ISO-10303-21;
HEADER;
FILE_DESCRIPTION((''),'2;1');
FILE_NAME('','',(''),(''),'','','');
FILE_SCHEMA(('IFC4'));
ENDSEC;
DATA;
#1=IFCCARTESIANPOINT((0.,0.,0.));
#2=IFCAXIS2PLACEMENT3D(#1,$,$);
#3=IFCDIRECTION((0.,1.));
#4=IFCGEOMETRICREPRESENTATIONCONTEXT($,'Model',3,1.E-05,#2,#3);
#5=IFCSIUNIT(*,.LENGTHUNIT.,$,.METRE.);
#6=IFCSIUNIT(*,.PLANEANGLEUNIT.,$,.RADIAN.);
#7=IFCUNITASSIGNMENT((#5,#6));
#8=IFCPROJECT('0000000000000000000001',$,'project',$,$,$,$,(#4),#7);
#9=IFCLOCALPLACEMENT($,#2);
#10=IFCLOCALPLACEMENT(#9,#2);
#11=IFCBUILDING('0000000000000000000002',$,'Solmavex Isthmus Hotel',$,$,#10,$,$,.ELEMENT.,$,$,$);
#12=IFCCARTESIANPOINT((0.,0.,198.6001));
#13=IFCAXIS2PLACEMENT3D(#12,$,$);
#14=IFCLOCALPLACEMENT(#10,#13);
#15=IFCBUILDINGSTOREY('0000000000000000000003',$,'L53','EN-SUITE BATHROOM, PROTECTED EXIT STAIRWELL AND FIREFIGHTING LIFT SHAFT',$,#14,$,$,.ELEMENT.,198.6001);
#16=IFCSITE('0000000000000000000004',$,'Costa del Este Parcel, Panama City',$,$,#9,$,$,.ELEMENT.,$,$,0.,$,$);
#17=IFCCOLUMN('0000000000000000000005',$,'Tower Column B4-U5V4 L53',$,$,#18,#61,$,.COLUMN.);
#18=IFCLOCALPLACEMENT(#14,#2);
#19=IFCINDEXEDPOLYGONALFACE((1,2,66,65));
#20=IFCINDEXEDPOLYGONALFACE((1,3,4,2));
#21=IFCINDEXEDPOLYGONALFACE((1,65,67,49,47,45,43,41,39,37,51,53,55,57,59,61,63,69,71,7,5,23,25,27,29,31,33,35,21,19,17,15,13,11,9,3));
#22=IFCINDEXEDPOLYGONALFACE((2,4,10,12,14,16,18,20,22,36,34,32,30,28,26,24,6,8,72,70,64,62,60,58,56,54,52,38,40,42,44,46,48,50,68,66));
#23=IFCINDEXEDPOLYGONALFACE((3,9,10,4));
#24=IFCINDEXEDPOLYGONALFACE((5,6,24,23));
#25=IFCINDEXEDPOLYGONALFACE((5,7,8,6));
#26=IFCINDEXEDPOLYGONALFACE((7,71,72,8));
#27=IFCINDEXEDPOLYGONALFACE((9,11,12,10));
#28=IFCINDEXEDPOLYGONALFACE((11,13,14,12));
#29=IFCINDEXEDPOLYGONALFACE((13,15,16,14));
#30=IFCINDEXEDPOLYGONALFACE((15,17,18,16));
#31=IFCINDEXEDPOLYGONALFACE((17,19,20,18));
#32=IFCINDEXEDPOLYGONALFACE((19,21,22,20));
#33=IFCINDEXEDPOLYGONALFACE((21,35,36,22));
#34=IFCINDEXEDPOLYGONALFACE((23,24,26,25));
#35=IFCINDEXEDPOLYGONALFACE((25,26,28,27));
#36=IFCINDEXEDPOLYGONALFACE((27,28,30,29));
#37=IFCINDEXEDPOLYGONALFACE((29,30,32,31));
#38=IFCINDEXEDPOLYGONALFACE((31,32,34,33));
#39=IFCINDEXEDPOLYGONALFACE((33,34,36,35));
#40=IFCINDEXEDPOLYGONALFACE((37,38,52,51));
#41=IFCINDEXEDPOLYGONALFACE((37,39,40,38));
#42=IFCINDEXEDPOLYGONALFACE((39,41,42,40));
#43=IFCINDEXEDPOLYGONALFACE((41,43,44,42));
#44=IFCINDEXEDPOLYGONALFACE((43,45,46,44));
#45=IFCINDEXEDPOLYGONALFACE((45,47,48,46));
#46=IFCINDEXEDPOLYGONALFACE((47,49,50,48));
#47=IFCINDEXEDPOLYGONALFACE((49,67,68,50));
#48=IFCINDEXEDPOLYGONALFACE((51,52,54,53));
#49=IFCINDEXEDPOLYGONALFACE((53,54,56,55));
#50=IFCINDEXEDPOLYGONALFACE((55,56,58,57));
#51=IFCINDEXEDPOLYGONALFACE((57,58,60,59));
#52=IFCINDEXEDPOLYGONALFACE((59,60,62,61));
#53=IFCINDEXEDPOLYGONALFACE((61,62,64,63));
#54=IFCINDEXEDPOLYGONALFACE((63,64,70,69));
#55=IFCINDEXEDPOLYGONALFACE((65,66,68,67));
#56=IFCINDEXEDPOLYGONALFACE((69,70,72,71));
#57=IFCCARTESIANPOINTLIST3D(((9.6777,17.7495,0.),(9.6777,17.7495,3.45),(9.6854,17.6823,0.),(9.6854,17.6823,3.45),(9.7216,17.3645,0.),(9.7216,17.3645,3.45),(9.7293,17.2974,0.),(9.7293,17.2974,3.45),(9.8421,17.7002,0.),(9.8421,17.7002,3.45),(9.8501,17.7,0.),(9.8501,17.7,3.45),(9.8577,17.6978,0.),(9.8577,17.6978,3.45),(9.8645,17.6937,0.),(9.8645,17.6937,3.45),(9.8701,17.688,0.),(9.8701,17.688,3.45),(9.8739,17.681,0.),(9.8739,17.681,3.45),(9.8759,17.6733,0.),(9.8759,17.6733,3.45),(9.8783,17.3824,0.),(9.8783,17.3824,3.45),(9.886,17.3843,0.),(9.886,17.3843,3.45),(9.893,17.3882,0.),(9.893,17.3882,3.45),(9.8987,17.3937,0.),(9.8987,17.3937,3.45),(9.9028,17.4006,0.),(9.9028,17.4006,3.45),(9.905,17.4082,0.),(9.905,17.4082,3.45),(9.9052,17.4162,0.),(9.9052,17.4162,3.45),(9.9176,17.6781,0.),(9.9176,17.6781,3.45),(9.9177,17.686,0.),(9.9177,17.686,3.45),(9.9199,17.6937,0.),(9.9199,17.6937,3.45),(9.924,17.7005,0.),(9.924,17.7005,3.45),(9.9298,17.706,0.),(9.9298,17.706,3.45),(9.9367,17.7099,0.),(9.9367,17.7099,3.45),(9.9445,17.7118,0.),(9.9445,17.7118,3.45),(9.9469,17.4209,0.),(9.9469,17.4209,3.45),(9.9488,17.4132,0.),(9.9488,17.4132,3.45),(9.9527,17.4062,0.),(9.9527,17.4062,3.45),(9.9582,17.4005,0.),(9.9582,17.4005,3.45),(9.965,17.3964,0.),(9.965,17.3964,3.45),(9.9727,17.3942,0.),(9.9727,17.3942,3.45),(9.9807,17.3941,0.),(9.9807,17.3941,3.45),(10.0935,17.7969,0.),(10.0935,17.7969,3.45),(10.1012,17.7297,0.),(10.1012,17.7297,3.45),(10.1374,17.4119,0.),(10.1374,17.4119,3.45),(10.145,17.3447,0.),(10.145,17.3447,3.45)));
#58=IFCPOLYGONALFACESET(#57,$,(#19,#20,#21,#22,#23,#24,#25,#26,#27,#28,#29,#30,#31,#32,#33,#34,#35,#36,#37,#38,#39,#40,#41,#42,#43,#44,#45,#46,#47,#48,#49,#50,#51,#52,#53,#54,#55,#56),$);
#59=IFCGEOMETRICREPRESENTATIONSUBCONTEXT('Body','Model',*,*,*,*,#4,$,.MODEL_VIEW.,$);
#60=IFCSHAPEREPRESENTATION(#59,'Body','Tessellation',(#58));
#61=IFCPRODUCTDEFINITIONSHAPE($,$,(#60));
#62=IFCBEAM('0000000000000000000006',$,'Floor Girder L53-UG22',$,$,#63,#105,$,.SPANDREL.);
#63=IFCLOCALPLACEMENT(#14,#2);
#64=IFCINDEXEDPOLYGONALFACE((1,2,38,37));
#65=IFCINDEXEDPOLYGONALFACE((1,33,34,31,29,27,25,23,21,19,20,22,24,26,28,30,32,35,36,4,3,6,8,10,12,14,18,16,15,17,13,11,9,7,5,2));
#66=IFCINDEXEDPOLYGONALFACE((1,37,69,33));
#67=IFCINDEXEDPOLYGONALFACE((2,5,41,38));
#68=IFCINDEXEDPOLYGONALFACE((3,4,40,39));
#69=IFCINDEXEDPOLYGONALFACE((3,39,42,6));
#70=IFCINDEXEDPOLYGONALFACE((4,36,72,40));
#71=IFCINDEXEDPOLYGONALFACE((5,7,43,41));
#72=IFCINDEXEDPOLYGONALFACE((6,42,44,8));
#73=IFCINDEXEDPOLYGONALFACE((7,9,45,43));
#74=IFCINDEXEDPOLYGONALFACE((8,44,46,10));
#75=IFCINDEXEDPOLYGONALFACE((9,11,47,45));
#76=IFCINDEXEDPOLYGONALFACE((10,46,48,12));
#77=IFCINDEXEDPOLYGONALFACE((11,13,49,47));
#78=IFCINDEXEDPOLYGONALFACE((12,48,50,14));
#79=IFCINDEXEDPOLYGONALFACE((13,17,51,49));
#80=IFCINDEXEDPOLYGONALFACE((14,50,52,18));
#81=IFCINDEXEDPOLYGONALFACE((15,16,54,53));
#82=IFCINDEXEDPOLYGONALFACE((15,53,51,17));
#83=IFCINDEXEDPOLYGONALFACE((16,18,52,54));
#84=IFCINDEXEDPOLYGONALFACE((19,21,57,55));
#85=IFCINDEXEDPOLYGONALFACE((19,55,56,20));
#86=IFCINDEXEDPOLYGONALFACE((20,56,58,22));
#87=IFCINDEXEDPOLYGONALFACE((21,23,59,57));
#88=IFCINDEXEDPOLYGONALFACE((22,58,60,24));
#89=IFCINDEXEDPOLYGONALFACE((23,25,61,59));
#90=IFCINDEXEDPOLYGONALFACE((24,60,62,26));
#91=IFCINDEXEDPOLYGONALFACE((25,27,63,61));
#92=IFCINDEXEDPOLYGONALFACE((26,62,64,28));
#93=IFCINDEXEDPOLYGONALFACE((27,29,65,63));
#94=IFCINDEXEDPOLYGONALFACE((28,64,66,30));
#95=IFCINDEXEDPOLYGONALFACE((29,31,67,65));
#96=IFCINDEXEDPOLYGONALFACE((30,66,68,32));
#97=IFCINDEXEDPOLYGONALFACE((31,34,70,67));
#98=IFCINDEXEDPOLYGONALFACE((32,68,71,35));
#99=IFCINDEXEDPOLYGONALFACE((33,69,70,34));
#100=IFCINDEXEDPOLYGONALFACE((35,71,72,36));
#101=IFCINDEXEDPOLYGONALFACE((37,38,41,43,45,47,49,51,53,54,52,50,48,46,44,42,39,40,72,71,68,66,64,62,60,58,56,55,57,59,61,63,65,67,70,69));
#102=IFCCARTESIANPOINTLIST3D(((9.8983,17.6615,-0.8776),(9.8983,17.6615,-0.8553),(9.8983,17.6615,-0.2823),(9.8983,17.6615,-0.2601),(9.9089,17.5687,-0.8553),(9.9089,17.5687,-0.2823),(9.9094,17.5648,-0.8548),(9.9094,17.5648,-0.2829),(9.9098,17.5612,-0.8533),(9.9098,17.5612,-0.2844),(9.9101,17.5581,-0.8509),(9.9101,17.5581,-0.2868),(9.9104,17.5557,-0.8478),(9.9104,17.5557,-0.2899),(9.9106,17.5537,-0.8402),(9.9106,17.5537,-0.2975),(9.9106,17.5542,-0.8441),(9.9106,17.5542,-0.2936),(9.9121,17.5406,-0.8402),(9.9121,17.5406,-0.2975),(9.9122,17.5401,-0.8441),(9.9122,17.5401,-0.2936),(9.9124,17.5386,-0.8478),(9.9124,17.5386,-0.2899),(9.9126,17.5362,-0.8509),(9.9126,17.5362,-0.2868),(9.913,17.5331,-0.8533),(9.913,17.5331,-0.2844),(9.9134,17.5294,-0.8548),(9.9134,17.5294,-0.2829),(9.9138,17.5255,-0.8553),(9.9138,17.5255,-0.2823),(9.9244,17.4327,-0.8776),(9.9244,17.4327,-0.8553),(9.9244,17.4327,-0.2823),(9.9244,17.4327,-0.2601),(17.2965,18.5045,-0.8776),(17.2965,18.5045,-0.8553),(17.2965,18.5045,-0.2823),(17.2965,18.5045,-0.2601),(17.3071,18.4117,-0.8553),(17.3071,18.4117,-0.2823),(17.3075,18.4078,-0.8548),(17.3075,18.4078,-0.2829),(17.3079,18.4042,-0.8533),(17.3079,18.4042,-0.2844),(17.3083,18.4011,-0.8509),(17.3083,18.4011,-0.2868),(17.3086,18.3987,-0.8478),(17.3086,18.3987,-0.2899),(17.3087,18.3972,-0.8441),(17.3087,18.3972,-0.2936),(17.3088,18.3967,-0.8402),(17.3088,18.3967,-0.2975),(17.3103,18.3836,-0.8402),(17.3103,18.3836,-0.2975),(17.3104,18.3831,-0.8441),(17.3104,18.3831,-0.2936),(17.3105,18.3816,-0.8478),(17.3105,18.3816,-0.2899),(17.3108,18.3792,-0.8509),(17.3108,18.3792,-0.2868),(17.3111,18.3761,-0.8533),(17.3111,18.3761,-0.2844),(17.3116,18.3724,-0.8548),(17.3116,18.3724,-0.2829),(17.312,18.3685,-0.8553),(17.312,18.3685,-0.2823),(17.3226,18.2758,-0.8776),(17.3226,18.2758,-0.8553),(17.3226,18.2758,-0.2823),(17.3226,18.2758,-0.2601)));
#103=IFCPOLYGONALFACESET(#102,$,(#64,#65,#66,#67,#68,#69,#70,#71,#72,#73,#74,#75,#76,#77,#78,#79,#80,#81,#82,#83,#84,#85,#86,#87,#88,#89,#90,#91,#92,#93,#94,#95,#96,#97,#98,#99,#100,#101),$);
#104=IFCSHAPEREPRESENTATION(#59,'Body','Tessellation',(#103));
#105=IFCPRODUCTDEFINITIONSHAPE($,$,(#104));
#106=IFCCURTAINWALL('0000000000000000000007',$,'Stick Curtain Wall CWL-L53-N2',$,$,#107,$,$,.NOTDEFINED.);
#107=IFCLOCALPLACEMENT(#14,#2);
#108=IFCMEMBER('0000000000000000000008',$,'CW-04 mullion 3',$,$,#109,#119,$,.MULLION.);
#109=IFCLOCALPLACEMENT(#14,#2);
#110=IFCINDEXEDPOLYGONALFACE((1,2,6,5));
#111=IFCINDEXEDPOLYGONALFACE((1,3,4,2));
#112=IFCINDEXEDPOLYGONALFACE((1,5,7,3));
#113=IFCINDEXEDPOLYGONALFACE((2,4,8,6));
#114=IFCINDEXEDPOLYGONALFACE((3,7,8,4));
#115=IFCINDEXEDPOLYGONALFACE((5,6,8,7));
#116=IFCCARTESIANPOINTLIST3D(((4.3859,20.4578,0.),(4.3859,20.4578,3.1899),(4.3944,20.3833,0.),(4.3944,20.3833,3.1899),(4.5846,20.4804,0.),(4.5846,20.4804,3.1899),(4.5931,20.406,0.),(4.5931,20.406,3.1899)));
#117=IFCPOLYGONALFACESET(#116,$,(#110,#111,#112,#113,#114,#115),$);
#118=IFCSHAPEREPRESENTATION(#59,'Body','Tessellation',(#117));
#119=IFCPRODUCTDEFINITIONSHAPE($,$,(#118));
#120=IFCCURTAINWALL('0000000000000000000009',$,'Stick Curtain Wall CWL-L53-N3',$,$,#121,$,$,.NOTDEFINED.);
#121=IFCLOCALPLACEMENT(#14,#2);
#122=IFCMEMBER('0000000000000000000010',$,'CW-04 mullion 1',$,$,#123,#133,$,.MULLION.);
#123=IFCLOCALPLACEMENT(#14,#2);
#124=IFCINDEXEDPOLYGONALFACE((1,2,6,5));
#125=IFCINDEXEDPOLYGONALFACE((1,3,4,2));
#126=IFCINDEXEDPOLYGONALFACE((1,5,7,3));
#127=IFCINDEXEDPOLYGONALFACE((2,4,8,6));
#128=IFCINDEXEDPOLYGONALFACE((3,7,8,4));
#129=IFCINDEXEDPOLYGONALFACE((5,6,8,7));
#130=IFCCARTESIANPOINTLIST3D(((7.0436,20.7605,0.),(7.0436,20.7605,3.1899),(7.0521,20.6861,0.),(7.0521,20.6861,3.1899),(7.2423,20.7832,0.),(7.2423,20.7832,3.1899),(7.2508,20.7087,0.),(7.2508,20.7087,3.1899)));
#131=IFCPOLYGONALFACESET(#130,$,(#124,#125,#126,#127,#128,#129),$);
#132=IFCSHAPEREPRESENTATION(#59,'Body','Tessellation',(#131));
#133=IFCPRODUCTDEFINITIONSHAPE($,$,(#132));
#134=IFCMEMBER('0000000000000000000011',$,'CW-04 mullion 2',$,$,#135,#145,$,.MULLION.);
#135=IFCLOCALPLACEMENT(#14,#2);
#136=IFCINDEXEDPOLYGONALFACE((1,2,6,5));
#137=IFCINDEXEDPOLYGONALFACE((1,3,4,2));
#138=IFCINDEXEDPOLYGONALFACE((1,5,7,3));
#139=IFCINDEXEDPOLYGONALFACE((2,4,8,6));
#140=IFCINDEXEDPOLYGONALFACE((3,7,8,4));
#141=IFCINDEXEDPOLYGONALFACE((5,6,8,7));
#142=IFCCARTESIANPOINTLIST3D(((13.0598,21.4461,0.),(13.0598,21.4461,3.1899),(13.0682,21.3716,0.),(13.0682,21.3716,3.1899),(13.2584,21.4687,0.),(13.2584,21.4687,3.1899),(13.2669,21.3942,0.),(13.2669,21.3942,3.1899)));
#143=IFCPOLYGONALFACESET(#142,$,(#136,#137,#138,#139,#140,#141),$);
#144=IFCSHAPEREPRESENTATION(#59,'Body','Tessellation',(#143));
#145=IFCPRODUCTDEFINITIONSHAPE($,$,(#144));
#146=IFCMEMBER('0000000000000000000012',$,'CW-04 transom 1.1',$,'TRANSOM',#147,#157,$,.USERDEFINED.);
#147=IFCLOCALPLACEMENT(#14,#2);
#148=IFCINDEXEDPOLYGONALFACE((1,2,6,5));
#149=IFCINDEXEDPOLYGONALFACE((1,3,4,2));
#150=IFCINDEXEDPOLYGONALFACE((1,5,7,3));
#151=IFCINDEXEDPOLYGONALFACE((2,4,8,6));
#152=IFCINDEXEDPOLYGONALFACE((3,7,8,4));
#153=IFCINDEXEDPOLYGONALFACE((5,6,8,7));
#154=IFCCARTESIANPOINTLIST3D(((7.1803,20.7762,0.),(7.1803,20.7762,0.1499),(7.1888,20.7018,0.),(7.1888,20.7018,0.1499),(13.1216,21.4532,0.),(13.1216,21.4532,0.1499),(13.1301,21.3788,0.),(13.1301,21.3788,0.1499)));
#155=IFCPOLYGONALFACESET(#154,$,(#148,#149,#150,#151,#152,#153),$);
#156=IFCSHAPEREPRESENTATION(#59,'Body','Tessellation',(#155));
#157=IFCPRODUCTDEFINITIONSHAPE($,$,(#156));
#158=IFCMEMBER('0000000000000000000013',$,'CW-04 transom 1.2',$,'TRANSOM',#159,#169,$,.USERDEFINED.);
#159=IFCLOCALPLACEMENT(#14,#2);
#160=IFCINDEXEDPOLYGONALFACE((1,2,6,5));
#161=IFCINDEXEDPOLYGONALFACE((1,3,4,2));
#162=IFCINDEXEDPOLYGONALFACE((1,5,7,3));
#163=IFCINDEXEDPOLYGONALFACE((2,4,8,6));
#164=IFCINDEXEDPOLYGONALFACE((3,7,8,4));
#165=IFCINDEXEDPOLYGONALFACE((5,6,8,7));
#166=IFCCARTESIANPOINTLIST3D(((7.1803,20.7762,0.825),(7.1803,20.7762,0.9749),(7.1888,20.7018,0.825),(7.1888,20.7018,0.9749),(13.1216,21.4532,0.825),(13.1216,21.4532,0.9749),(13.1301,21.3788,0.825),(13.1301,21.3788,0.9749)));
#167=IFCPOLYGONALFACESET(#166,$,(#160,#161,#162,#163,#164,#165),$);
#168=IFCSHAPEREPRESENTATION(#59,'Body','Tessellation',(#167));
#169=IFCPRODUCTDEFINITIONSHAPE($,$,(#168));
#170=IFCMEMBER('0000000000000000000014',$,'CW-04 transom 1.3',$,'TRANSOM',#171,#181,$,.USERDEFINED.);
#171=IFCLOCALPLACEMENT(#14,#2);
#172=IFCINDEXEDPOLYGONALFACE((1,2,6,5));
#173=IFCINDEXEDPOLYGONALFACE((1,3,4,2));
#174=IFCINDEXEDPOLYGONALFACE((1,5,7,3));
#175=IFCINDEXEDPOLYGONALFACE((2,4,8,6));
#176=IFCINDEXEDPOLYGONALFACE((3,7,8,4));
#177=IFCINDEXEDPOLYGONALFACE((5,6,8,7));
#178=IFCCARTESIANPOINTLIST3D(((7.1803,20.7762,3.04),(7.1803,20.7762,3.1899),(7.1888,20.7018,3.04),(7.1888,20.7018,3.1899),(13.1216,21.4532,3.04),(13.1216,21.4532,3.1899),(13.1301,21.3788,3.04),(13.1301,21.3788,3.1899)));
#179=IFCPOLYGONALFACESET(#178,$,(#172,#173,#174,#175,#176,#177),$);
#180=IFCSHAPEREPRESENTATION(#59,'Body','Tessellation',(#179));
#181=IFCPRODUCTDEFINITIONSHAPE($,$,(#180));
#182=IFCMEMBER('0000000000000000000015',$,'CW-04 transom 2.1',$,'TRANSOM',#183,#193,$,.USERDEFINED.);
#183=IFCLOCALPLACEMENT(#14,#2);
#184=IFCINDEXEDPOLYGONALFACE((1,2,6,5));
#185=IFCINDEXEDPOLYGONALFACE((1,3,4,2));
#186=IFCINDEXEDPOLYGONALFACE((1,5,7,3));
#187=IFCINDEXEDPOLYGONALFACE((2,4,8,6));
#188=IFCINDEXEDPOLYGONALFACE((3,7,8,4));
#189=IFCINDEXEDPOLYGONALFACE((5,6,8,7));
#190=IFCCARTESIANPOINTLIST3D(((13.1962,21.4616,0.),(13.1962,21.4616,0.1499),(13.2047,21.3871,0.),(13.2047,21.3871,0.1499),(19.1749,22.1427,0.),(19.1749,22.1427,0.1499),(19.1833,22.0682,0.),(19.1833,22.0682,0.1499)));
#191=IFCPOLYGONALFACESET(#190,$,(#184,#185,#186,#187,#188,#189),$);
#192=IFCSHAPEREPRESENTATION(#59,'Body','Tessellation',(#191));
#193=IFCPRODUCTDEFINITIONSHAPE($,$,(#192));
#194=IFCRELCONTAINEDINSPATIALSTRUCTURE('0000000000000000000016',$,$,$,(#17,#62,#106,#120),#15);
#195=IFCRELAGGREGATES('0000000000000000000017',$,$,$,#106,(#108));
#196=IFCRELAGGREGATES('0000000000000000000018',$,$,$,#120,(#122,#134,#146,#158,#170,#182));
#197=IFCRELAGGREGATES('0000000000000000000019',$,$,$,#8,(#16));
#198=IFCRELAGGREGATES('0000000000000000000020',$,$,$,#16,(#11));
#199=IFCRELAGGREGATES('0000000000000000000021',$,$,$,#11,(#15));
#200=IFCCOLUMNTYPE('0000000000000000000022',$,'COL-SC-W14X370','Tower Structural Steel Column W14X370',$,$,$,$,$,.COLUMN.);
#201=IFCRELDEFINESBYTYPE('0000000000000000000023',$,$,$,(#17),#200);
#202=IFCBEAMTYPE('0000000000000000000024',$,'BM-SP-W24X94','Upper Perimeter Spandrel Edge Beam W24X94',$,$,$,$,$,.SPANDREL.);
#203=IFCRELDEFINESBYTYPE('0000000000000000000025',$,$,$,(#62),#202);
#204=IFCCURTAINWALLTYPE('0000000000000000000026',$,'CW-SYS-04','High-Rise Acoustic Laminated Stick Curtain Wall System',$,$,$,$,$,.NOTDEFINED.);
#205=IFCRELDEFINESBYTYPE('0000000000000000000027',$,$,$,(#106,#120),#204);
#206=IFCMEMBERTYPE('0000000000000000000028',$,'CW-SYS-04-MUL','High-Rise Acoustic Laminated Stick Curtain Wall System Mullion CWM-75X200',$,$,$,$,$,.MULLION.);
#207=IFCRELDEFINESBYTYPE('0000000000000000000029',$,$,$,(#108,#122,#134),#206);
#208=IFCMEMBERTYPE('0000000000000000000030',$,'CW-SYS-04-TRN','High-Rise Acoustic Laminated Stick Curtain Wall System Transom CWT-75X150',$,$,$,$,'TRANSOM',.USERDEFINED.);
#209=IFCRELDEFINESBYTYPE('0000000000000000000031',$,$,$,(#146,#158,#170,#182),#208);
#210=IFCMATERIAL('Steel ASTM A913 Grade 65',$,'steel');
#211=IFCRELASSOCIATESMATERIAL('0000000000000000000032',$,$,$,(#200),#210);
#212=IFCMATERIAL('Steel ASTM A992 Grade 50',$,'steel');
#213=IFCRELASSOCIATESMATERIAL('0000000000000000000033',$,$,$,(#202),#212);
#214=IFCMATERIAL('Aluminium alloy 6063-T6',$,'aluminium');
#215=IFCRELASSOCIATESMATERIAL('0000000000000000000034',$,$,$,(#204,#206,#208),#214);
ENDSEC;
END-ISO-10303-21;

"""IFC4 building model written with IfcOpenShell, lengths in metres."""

from ifc_helpers import new_model, si_unit, direction, frame, origin, origin_2d, place, context, subcontext, project, spatial, rectangle, i_section, extrude, material, material_profile, profile_set, type_object, element, aggregate, save


model = new_model("IFC4")

# Units and contexts
model_context = context("Model", 3, precision=1e-05, world=origin(), true_north=direction((0.0, 1.0)))
body_context = subcontext(model_context, "Body", "Model", "MODEL_VIEW")
ifc_project = project(units=[si_unit("LENGTHUNIT", "METRE"), si_unit("PLANEANGLEUNIT", "RADIAN")], contexts=[model_context])

# Site, building, storey
site_placement = place(None, origin())
site = spatial("IfcSite", under=ifc_project, at=site_placement, Name="Costa del Este Parcel, Panama City", CompositionType="ELEMENT", RefElevation=0.0)
building_placement = place(site_placement, origin())
building = spatial("IfcBuilding", under=site, at=building_placement, Name="Solmavex Isthmus Hotel", CompositionType="ELEMENT")
storey_placement = place(building_placement, frame((0.0, 0.0, 198.6001)))
storey = spatial("IfcBuildingStorey", under=building, at=storey_placement, Name="L53", Description="EN-SUITE BATHROOM, PROTECTED EXIT STAIRWELL AND FIREFIGHTING LIFT SHAFT", CompositionType="ELEMENT", Elevation=198.6001)

# Column
ifc_material_1 = material(Name="Steel ASTM A913 Grade 65", Category="steel")
ifc_material_profile_1 = material_profile(ifc_material_1, i_section(OverallWidth=0.4185, OverallDepth=0.4551, WebThickness=0.042, FlangeThickness=0.0676, FilletRadius=0.0305, at=origin_2d()), Name="W14X370")
ifc_profile_set_1 = profile_set([ifc_material_profile_1], Name="Steel ASTM A913 Grade 65")
column_type = type_object("IfcColumnType", Name="COL-SC-W14X370", Description="Tower Structural Steel Column W14X370", PredefinedType="COLUMN", material=ifc_profile_set_1)
column_placement = place(storey_placement, frame((9.9114, 17.5471, 0.0), z_axis=(0.0, 0.0, 1.0), x_axis=(0.993572, 0.113203, 0.0)))
element("IfcColumn", 1, at=column_placement, inside=storey, type_object=column_type, Name="Tower Column B4-U5V4 L53", PredefinedType="COLUMN", context=body_context, shape_type="SweptSolid", body=[
    extrude(i_section(OverallWidth=0.4185, OverallDepth=0.4551, WebThickness=0.042, FlangeThickness=0.0676, FilletRadius=0.0305, at=origin_2d()), origin(), (0.0, 0.0, 1.0), 3.45),
])

# Beam
ifc_material_2 = material(Name="Steel ASTM A992 Grade 50", Category="steel")
ifc_material_profile_2 = material_profile(ifc_material_2, i_section(OverallWidth=0.2302, OverallDepth=0.6174, WebThickness=0.0132, FlangeThickness=0.0222, FilletRadius=0.0151, at=origin_2d()), Name="W24X94")
ifc_profile_set_2 = profile_set([ifc_material_profile_2], Name="Steel ASTM A992 Grade 50")
beam_type = type_object("IfcBeamType", Name="BM-SP-W24X94", Description="Upper Perimeter Spandrel Edge Beam W24X94", PredefinedType="SPANDREL", material=ifc_profile_set_2)
beam_placement = place(storey_placement, frame((9.9114, 17.5471, -0.5688), z_axis=(0.99357, 0.113216, 0.0), x_axis=(-0.113216, 0.99357, 0.0)))
element("IfcBeam", 2, at=beam_placement, inside=storey, type_object=beam_type, Name="Floor Girder L53-UG22", PredefinedType="SPANDREL", context=body_context, shape_type="SweptSolid", body=[
    extrude(i_section(OverallWidth=0.2302, OverallDepth=0.6174, WebThickness=0.0132, FlangeThickness=0.0222, FilletRadius=0.0151, at=origin_2d()), origin(), (0.0, 0.0, 1.0), 7.446),
])

# Curtain wall, member
ifc_material_3 = material(Name="Aluminium alloy 6063-T6", Category="aluminium")
curtain_wall_type = type_object("IfcCurtainWallType", Name="CW-SYS-04", Description="High-Rise Acoustic Laminated Stick Curtain Wall System", PredefinedType="NOTDEFINED", material=ifc_material_3)
curtain_wall_1_placement = place(storey_placement, origin())
curtain_wall_1 = element("IfcCurtainWall", 3, at=curtain_wall_1_placement, inside=storey, type_object=curtain_wall_type, Name="Stick Curtain Wall CWL-L53-N2", PredefinedType="NOTDEFINED")
ifc_material_profile_3 = material_profile(ifc_material_3, rectangle(XDim=0.075, YDim=0.2, at=origin_2d()), Name="CWM-75X200")
ifc_profile_set_3 = profile_set([ifc_material_profile_3], Name="Aluminium alloy 6063-T6")
member_type_1 = type_object("IfcMemberType", Name="CW-SYS-04-MUL", Description="High-Rise Acoustic Laminated Stick Curtain Wall System Mullion CWM-75X200", PredefinedType="MULLION", material=ifc_profile_set_3)
member_1_placement = place(storey_placement, frame((4.4895, 20.4319, 0.0), z_axis=(0.0, 0.0, 1.0), x_axis=(-0.113203, 0.993572, 0.0)))
member_1 = element("IfcMember", 4, at=member_1_placement, type_object=member_type_1, Name="CW-04 mullion 3", PredefinedType="MULLION", context=body_context, shape_type="SweptSolid", body=[
    extrude(rectangle(XDim=0.075, YDim=0.2, at=origin_2d()), origin(), (0.0, 0.0, 1.0), 3.1899),
])

# Curtain wall, members
curtain_wall_2_placement = place(storey_placement, origin())
curtain_wall_2 = element("IfcCurtainWall", 5, at=curtain_wall_2_placement, inside=storey, type_object=curtain_wall_type, Name="Stick Curtain Wall CWL-L53-N3", PredefinedType="NOTDEFINED")
member_2_placement = place(storey_placement, frame((7.1472, 20.7346, 0.0), z_axis=(0.0, 0.0, 1.0), x_axis=(-0.113203, 0.993572, 0.0)))
member_2 = element("IfcMember", 6, at=member_2_placement, type_object=member_type_1, Name="CW-04 mullion 1", PredefinedType="MULLION", context=body_context, shape_type="SweptSolid", body=[
    extrude(rectangle(XDim=0.075, YDim=0.2, at=origin_2d()), origin(), (0.0, 0.0, 1.0), 3.1899),
])
member_3_placement = place(storey_placement, frame((13.1633, 21.4202, 0.0), z_axis=(0.0, 0.0, 1.0), x_axis=(-0.113203, 0.993572, 0.0)))
member_3 = element("IfcMember", 7, at=member_3_placement, type_object=member_type_1, Name="CW-04 mullion 2", PredefinedType="MULLION", context=body_context, shape_type="SweptSolid", body=[
    extrude(rectangle(XDim=0.075, YDim=0.2, at=origin_2d()), origin(), (0.0, 0.0, 1.0), 3.1899),
])
ifc_material_profile_4 = material_profile(ifc_material_3, rectangle(XDim=0.075, YDim=0.1499, at=origin_2d()), Name="CWT-75X150")
ifc_profile_set_4 = profile_set([ifc_material_profile_4], Name="Aluminium alloy 6063-T6")
member_type_2 = type_object("IfcMemberType", Name="CW-SYS-04-TRN", Description="High-Rise Acoustic Laminated Stick Curtain Wall System Transom CWT-75X150", ElementType="TRANSOM", PredefinedType="USERDEFINED", material=ifc_profile_set_4)
member_4_placement = place(storey_placement, frame((7.1846, 20.739, 0.075), z_axis=(0.993571, 0.113214, 0.0), x_axis=(-0.113214, 0.993571, 0.0)))
member_4 = element("IfcMember", 8, at=member_4_placement, type_object=member_type_2, Name="CW-04 transom 1.1", ObjectType="TRANSOM", PredefinedType="USERDEFINED", context=body_context, shape_type="SweptSolid", body=[
    extrude(rectangle(XDim=0.075, YDim=0.1499, at=origin_2d()), origin(), (0.0, 0.0, 1.0), 5.9797),
])
member_5_placement = place(storey_placement, frame((7.1846, 20.739, 0.8999), z_axis=(0.993571, 0.113214, 0.0), x_axis=(-0.113214, 0.993571, 0.0)))
member_5 = element("IfcMember", 9, at=member_5_placement, type_object=member_type_2, Name="CW-04 transom 1.2", ObjectType="TRANSOM", PredefinedType="USERDEFINED", context=body_context, shape_type="SweptSolid", body=[
    extrude(rectangle(XDim=0.075, YDim=0.1499, at=origin_2d()), origin(), (0.0, 0.0, 1.0), 5.9797),
])
member_6_placement = place(storey_placement, frame((7.1846, 20.739, 3.115), z_axis=(0.993571, 0.113214, 0.0), x_axis=(-0.113214, 0.993571, 0.0)))
member_6 = element("IfcMember", 10, at=member_6_placement, type_object=member_type_2, Name="CW-04 transom 1.3", ObjectType="TRANSOM", PredefinedType="USERDEFINED", context=body_context, shape_type="SweptSolid", body=[
    extrude(rectangle(XDim=0.075, YDim=0.1499, at=origin_2d()), origin(), (0.0, 0.0, 1.0), 5.9797),
])
member_7_placement = place(storey_placement, frame((13.2004, 21.4243, 0.075), z_axis=(0.993573, 0.113196, 0.0), x_axis=(-0.113196, 0.993573, 0.0)))
member_7 = element("IfcMember", 11, at=member_7_placement, type_object=member_type_2, Name="CW-04 transom 2.1", ObjectType="TRANSOM", PredefinedType="USERDEFINED", context=body_context, shape_type="SweptSolid", body=[
    extrude(rectangle(XDim=0.075, YDim=0.1499, at=origin_2d()), origin(), (0.0, 0.0, 1.0), 6.0173),
])

aggregate(curtain_wall_1, [member_1])
aggregate(curtain_wall_2, [member_2, member_3, member_4, member_5, member_6, member_7])

save(model, "model.ifc")
